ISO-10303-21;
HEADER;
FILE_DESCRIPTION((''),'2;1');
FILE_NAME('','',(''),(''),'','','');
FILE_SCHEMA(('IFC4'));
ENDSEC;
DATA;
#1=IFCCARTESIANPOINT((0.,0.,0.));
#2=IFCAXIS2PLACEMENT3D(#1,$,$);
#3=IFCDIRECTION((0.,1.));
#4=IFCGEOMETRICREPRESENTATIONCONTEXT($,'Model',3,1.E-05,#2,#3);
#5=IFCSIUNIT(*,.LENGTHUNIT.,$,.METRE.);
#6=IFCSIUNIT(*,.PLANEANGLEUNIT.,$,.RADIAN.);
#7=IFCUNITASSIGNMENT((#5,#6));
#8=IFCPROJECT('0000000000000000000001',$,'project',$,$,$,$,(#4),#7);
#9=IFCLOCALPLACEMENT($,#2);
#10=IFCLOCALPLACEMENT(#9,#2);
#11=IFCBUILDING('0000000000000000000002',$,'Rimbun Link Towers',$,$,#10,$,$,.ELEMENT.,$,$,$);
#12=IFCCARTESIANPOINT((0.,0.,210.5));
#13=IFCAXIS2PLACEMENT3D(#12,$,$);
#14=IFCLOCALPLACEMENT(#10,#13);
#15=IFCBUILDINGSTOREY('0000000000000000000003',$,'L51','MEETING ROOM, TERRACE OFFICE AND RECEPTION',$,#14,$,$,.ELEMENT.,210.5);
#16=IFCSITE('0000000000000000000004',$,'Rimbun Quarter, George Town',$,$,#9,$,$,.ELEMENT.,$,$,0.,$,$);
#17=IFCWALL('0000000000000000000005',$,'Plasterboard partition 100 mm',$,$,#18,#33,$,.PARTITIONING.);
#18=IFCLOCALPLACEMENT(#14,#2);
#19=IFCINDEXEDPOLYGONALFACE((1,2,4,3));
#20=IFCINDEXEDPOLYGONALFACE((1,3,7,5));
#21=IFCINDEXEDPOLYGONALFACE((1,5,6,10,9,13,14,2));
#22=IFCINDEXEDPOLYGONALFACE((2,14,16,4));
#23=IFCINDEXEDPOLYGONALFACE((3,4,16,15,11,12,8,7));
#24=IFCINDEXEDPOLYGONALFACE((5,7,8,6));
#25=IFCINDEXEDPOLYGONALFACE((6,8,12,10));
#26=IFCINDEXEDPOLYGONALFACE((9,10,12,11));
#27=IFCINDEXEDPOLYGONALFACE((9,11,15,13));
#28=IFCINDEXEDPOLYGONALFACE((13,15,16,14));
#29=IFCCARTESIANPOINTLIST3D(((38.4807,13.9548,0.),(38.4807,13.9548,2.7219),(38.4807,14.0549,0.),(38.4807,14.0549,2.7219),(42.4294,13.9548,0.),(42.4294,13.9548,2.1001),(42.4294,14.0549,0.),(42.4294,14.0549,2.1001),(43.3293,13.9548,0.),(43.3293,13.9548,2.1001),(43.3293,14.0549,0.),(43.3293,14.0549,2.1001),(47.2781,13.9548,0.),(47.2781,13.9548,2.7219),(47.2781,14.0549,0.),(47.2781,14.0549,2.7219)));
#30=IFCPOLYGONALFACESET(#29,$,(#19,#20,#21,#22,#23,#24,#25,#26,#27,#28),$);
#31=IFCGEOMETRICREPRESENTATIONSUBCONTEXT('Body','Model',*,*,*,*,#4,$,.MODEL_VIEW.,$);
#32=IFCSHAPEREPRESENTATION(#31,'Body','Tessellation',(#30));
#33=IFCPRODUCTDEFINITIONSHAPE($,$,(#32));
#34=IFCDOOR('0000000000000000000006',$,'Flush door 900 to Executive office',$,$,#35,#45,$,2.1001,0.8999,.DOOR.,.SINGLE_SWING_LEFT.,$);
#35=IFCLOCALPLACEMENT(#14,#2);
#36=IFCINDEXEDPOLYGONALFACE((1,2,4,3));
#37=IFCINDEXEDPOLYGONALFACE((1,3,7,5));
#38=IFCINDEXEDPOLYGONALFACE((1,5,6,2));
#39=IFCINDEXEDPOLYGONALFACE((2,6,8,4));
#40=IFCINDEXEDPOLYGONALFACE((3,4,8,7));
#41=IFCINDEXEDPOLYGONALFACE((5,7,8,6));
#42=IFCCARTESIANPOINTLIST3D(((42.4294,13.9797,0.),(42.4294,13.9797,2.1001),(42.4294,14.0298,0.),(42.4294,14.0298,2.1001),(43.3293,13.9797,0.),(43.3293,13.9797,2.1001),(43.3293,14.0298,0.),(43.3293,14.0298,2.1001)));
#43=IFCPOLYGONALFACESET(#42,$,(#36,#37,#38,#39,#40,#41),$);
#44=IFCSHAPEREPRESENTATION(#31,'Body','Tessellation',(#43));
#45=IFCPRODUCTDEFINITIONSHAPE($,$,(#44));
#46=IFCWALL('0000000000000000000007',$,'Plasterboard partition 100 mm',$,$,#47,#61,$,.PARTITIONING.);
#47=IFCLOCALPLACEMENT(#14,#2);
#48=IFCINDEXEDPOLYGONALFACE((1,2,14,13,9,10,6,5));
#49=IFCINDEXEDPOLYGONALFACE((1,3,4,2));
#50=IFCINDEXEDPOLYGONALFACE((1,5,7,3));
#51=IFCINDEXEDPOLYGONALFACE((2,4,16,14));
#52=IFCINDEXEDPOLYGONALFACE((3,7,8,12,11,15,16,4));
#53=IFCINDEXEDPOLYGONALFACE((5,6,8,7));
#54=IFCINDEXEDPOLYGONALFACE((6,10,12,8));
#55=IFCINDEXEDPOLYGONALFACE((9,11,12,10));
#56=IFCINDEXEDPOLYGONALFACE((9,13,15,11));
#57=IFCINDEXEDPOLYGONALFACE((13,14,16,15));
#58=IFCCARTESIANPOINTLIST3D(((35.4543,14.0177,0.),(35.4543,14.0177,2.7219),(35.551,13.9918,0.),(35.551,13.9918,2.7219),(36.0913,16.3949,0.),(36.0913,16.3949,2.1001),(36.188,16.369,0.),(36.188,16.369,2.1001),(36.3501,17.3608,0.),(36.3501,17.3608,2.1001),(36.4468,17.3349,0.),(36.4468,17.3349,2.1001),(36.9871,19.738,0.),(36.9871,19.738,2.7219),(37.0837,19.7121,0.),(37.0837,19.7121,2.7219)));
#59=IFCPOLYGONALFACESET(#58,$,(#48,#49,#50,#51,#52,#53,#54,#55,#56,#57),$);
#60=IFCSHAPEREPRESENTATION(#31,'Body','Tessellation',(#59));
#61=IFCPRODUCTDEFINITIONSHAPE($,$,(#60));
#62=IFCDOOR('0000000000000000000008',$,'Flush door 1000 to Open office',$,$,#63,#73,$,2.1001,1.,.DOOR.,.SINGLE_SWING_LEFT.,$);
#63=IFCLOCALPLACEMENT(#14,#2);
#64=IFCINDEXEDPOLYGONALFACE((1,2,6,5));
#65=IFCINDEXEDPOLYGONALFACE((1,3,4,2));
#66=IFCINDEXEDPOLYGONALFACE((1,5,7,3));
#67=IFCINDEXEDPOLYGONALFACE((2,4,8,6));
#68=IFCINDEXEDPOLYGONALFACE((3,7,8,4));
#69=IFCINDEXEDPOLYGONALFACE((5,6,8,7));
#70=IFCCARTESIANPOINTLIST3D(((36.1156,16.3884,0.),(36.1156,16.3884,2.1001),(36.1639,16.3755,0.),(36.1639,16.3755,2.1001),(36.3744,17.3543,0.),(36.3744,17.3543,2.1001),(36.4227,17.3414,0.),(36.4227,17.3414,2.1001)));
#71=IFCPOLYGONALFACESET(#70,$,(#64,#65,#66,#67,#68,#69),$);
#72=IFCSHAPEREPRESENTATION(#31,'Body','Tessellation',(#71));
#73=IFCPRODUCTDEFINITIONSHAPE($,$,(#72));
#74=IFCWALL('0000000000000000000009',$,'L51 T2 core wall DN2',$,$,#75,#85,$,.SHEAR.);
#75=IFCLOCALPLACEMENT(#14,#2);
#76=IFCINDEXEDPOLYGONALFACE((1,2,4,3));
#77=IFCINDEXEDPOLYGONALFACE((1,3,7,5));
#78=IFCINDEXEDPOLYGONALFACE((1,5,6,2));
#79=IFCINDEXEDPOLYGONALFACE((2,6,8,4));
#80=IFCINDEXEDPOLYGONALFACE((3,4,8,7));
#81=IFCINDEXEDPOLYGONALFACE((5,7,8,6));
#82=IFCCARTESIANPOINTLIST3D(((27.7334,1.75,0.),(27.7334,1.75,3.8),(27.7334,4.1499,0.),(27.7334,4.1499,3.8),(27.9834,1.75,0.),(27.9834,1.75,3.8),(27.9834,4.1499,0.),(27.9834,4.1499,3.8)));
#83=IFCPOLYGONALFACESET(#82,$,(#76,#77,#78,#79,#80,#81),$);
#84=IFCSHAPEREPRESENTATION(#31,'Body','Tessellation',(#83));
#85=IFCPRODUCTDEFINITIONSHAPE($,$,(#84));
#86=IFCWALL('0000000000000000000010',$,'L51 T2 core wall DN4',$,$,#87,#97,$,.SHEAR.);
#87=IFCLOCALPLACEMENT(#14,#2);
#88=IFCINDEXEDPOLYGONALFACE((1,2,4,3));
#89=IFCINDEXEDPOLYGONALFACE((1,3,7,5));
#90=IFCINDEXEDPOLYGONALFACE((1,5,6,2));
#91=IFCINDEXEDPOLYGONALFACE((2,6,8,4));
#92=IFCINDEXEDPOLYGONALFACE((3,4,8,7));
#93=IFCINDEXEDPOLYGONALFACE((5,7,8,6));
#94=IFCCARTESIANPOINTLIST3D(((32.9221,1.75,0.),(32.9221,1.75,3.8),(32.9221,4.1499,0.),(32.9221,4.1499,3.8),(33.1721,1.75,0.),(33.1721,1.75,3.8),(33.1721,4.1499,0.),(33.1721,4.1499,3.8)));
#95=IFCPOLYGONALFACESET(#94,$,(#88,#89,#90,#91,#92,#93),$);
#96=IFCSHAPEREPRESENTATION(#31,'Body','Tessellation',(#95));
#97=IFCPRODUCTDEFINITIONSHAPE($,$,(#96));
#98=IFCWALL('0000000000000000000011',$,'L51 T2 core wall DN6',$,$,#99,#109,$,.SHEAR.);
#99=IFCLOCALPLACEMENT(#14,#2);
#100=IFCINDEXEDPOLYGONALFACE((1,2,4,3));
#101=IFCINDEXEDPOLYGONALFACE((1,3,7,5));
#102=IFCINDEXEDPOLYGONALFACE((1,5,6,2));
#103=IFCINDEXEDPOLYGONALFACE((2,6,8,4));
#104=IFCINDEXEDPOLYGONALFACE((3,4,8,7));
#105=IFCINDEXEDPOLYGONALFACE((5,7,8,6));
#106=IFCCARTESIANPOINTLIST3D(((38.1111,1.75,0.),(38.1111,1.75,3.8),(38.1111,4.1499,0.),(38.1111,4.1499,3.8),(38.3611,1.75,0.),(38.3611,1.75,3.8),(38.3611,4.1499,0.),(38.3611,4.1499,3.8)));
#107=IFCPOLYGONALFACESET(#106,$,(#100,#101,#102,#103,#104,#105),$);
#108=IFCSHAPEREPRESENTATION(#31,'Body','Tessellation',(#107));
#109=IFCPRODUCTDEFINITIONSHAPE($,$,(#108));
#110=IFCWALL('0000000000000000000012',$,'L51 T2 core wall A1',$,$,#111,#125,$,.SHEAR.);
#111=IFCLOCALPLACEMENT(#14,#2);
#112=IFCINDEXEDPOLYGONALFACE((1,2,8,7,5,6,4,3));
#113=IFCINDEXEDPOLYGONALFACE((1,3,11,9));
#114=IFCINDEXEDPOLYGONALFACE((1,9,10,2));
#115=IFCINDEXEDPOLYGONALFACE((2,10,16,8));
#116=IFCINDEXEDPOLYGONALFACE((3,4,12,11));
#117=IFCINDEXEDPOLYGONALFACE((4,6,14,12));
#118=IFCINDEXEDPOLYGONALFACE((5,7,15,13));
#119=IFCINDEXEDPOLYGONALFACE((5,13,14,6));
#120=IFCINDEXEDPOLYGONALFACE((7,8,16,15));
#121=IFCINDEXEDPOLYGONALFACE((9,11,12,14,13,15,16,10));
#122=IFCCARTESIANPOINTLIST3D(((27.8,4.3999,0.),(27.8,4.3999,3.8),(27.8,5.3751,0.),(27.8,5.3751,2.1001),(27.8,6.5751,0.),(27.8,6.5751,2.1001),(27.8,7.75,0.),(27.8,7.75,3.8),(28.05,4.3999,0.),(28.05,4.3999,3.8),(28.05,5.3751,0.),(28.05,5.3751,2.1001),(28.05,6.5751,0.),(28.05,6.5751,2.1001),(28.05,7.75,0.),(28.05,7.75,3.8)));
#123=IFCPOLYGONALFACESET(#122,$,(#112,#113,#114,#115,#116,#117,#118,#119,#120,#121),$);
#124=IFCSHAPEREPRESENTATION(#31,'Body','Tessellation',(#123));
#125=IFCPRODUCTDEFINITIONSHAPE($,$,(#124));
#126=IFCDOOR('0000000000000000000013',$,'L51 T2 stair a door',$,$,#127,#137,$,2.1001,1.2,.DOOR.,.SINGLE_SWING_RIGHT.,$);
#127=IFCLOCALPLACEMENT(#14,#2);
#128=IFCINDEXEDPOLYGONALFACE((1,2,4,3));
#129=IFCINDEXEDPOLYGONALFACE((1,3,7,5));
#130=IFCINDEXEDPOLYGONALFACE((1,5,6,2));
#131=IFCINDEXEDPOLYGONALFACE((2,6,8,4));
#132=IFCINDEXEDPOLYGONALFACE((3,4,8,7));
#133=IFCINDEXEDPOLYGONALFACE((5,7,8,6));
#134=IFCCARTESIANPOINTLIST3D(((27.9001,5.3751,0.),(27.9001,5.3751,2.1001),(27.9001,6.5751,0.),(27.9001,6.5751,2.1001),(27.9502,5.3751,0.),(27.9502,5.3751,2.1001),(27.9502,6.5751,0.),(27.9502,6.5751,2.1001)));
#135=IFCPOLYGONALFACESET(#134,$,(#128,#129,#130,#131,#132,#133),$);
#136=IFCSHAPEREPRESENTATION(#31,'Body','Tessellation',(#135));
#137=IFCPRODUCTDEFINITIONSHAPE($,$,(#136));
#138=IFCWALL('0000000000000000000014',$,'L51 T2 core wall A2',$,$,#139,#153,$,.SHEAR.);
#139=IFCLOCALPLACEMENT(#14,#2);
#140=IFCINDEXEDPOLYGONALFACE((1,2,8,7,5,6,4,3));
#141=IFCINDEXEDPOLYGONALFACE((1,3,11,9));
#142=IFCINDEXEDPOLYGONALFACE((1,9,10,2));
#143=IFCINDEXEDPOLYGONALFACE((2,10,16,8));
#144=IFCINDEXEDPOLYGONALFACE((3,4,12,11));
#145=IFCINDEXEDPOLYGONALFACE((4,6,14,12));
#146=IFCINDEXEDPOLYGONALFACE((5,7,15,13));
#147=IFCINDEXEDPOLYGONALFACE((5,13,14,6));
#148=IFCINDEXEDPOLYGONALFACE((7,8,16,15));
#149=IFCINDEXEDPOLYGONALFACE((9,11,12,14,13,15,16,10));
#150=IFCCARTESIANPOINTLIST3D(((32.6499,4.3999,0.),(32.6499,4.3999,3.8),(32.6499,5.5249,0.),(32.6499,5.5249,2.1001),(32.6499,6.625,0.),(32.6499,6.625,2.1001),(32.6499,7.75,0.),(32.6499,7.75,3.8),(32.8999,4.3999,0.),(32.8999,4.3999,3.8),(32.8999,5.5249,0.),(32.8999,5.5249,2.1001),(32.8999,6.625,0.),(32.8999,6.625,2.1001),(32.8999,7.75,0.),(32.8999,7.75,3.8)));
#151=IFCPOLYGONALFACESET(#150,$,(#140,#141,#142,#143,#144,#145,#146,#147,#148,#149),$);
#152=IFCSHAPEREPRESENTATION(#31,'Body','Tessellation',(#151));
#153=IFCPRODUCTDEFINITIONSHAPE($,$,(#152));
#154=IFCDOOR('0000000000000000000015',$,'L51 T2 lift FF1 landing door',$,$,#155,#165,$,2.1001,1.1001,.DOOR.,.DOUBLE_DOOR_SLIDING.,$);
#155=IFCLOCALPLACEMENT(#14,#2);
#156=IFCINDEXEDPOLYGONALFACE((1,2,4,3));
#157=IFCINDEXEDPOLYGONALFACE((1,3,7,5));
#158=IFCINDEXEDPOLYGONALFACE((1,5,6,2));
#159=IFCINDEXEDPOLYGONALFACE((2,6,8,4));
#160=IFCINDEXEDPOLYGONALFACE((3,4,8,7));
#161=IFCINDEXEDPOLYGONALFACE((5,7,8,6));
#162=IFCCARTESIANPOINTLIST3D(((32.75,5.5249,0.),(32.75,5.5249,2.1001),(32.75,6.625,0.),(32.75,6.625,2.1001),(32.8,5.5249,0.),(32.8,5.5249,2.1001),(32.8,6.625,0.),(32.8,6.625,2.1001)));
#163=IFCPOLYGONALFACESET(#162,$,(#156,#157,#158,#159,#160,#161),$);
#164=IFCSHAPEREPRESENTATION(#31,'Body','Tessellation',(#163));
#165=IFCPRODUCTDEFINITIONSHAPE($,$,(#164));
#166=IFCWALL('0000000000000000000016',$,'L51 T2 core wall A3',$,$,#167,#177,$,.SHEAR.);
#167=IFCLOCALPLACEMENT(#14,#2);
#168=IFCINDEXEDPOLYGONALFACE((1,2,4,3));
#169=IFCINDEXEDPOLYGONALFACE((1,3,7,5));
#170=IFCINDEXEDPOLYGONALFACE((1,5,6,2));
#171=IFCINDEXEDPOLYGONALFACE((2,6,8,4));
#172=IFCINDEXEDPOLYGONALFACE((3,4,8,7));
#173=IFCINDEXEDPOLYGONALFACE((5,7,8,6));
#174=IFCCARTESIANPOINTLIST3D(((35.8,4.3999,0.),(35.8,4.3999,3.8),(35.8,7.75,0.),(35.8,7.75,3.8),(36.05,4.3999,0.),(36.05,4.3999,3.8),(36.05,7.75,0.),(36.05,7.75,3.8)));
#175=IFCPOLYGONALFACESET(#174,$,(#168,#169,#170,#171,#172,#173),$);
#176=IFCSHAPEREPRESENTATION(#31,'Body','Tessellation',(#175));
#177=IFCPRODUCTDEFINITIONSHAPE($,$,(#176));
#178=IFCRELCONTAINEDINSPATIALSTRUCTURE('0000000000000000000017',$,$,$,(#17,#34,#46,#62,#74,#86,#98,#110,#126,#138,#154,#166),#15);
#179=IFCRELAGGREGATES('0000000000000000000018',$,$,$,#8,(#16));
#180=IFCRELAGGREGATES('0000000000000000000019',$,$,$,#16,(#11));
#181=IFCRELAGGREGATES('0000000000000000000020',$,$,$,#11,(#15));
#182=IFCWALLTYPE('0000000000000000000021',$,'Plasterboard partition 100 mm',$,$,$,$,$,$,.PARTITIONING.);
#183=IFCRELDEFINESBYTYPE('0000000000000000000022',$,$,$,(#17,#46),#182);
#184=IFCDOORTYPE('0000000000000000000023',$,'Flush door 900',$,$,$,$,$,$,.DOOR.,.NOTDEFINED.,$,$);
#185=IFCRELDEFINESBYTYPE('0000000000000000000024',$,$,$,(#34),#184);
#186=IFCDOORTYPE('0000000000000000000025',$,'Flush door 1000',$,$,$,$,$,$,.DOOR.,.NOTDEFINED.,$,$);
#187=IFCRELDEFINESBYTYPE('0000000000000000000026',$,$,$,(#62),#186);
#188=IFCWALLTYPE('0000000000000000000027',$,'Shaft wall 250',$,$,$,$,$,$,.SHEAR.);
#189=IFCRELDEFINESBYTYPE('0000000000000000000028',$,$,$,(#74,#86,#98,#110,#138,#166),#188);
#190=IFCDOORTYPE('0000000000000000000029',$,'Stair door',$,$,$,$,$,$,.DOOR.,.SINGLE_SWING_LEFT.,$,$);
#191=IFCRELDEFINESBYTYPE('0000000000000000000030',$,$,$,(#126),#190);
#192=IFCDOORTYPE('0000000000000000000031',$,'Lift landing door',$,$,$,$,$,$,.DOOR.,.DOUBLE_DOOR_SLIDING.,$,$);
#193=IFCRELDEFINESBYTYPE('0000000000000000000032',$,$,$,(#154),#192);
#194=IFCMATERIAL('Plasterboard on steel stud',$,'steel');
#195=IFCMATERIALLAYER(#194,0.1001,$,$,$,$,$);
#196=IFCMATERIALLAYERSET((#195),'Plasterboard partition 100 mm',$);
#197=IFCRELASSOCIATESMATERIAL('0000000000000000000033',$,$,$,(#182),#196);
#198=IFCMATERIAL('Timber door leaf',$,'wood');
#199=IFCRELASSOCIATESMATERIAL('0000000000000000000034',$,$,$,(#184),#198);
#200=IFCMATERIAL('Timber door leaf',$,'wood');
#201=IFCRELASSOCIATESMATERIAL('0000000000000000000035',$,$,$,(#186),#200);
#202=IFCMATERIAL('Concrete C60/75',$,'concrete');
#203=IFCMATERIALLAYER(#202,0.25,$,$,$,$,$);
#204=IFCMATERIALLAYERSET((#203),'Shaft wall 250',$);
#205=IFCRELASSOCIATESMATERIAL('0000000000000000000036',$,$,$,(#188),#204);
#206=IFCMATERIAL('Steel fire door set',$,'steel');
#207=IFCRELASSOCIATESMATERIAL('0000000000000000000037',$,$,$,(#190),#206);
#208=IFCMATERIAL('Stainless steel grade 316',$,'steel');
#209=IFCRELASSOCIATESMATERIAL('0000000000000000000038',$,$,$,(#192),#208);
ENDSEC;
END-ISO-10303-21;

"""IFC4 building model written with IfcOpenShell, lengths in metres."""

from ifc_helpers import new_model, si_unit, direction, frame, frame_2d, origin, place, context, subcontext, project, spatial, rectangle, extrude, material, layer, layer_set, type_object, element, fill, save


model = new_model("IFC4")

# Units and contexts
model_context = context("Model", 3, precision=1e-05, world=origin(), true_north=direction((0.0, 1.0)))
body_context = subcontext(model_context, "Body", "Model", "MODEL_VIEW")
ifc_project = project(units=[si_unit("LENGTHUNIT", "METRE"), si_unit("PLANEANGLEUNIT", "RADIAN")], contexts=[model_context])

# Site, building, storey
site_placement = place(None, origin())
site = spatial("IfcSite", under=ifc_project, at=site_placement, Name="Rimbun Quarter, George Town", CompositionType="ELEMENT", RefElevation=0.0)
building_placement = place(site_placement, origin())
building = spatial("IfcBuilding", under=site, at=building_placement, Name="Rimbun Link Towers", CompositionType="ELEMENT")
storey_placement = place(building_placement, frame((0.0, 0.0, 210.5)))
storey = spatial("IfcBuildingStorey", under=building, at=storey_placement, Name="L51", Description="MEETING ROOM, TERRACE OFFICE AND RECEPTION", CompositionType="ELEMENT", Elevation=210.5)

# Walls, openings, doors
ifc_material_1 = material(Name="Plasterboard on steel stud", Category="steel")
ifc_layer_1 = layer(ifc_material_1, 0.1001)
ifc_layer_set_1 = layer_set([ifc_layer_1], Name="Plasterboard partition 100 mm")
wall_type_1 = type_object("IfcWallType", Name="Plasterboard partition 100 mm", PredefinedType="PARTITIONING", material=ifc_layer_set_1)
wall_1_placement = place(storey_placement, frame((38.4807, 14.0049, 0.0), z_axis=(0.0, 0.0, 1.0), x_axis=(1.0, 0.0, 0.0)))
wall_1 = element("IfcWall", 1, at=wall_1_placement, inside=storey, type_object=wall_type_1, Name="Plasterboard partition 100 mm", PredefinedType="PARTITIONING", context=body_context, shape_type="SweptSolid", body=[
    extrude(rectangle(XDim=8.7974, YDim=0.1001, at=frame_2d((4.3987, 0.0))), origin(), (0.0, 0.0, 1.0), 2.7219),
])
opening_1_placement = place(wall_1_placement, frame((3.9487, 0.0, 0.0)))
opening_1 = element("IfcOpeningElement", 2, at=opening_1_placement, cuts=wall_1, PredefinedType="OPENING", context=body_context, shape_type="SweptSolid", body=[
    extrude(rectangle(XDim=0.8999, YDim=2.1001, at=frame_2d((0.45, 1.05))), frame((0.0, 0.0601, 0.0), z_axis=(0.0, -1.0, 0.0), x_axis=(1.0, 0.0, 0.0)), (0.0, 0.0, 1.0), 0.1201),
])
ifc_material_2 = material(Name="Timber door leaf", Category="wood")
door_type_1 = type_object("IfcDoorType", Name="Flush door 900", OperationType="NOTDEFINED", PredefinedType="DOOR", material=ifc_material_2)
door_1_placement = place(opening_1_placement, origin())
door_1 = element("IfcDoor", 3, at=door_1_placement, inside=storey, type_object=door_type_1, Name="Flush door 900 to Executive office", OperationType="SINGLE_SWING_LEFT", OverallHeight=2.1001, OverallWidth=0.8999, PredefinedType="DOOR", context=body_context, shape_type="SweptSolid", body=[
    extrude(rectangle(XDim=0.8999, YDim=2.1001, at=frame_2d((0.45, 1.05))), frame((0.0, 0.0249, 0.0), z_axis=(0.0, -1.0, 0.0), x_axis=(1.0, 0.0, 0.0)), (0.0, 0.0, 1.0), 0.05),
])
fill(opening_1, door_1)
wall_2_placement = place(storey_placement, frame((35.5027, 14.0049, 0.0), z_axis=(0.0, 0.0, 1.0), x_axis=(0.258817, 0.965926, 0.0)))
wall_2 = element("IfcWall", 4, at=wall_2_placement, inside=storey, type_object=wall_type_1, Name="Plasterboard partition 100 mm", PredefinedType="PARTITIONING", context=body_context, shape_type="SweptSolid", body=[
    extrude(rectangle(XDim=5.9221, YDim=0.1001, at=frame_2d((2.9609, 0.0))), origin(), (0.0, 0.0, 1.0), 2.7219),
])
opening_2_placement = place(wall_2_placement, frame((2.4609, 0.0, 0.0)))
opening_2 = element("IfcOpeningElement", 5, at=opening_2_placement, cuts=wall_2, PredefinedType="OPENING", context=body_context, shape_type="SweptSolid", body=[
    extrude(rectangle(XDim=1.0, YDim=2.1001, at=frame_2d((0.5, 1.05))), frame((0.0, 0.0601, 0.0), z_axis=(0.0, -1.0, 0.0), x_axis=(1.0, 0.0, 0.0)), (0.0, 0.0, 1.0), 0.1201),
])
ifc_material_3 = material(Name="Timber door leaf", Category="wood")
door_type_2 = type_object("IfcDoorType", Name="Flush door 1000", OperationType="NOTDEFINED", PredefinedType="DOOR", material=ifc_material_3)
door_2_placement = place(opening_2_placement, origin())
door_2 = element("IfcDoor", 6, at=door_2_placement, inside=storey, type_object=door_type_2, Name="Flush door 1000 to Open office", OperationType="SINGLE_SWING_LEFT", OverallHeight=2.1001, OverallWidth=1.0, PredefinedType="DOOR", context=body_context, shape_type="SweptSolid", body=[
    extrude(rectangle(XDim=1.0, YDim=2.1001, at=frame_2d((0.5, 1.05))), frame((0.0, 0.0249, 0.0), z_axis=(0.0, -1.0, 0.0), x_axis=(1.0, 0.0, 0.0)), (0.0, 0.0, 1.0), 0.05),
])
fill(opening_2, door_2)

# Walls
ifc_material_4 = material(Name="Concrete C60/75", Category="concrete")
ifc_layer_2 = layer(ifc_material_4, 0.25)
ifc_layer_set_2 = layer_set([ifc_layer_2], Name="Shaft wall 250")
wall_type_2 = type_object("IfcWallType", Name="Shaft wall 250", PredefinedType="SHEAR", material=ifc_layer_set_2)
for number, where, z_axis, x_axis, name in (
    (7, (27.8584, 1.75, 0.0), (0.0, 0.0, 1.0), (0.0, 1.0, 0.0), "L51 T2 core wall DN2"),
    (8, (33.0471, 1.75, 0.0), (0.0, 0.0, 1.0), (0.0, 1.0, 0.0), "L51 T2 core wall DN4"),
    (9, (38.2361, 1.75, 0.0), (0.0, 0.0, 1.0), (0.0, 1.0, 0.0), "L51 T2 core wall DN6"),
):
    element("IfcWall", number, at=place(storey_placement, frame(where, z_axis=z_axis, x_axis=x_axis)), inside=storey, type_object=wall_type_2, Name=name, PredefinedType="SHEAR", context=body_context, shape_type="SweptSolid", body=[
        extrude(rectangle(XDim=2.3999, YDim=0.25, at=frame_2d((1.2, 0.0))), origin(), (0.0, 0.0, 1.0), 3.8),
    ])

# Walls, openings, doors
wall_3_placement = place(storey_placement, frame((27.925, 4.3999, 0.0), z_axis=(0.0, 0.0, 1.0), x_axis=(0.0, 1.0, 0.0)))
wall_3 = element("IfcWall", 10, at=wall_3_placement, inside=storey, type_object=wall_type_2, Name="L51 T2 core wall A1", PredefinedType="SHEAR", context=body_context, shape_type="SweptSolid", body=[
    extrude(rectangle(XDim=3.3501, YDim=0.25, at=frame_2d((1.675, 0.0))), origin(), (0.0, 0.0, 1.0), 3.8),
])
opening_3_placement = place(wall_3_placement, frame((0.9751, 0.0, 0.0)))
opening_3 = element("IfcOpeningElement", 11, at=opening_3_placement, cuts=wall_3, PredefinedType="OPENING", context=body_context, shape_type="SweptSolid", body=[
    extrude(rectangle(XDim=1.2, YDim=2.1001, at=frame_2d((0.6001, 1.05))), frame((0.0, 0.135, 0.0), z_axis=(0.0, -1.0, 0.0), x_axis=(1.0, 0.0, 0.0)), (0.0, 0.0, 1.0), 0.27),
])
ifc_material_5 = material(Name="Steel fire door set", Category="steel")
door_type_3 = type_object("IfcDoorType", Name="Stair door", OperationType="SINGLE_SWING_LEFT", PredefinedType="DOOR", material=ifc_material_5)
door_3_placement = place(opening_3_placement, origin())
door_3 = element("IfcDoor", 12, at=door_3_placement, inside=storey, type_object=door_type_3, Name="L51 T2 stair a door", OperationType="SINGLE_SWING_RIGHT", OverallHeight=2.1001, OverallWidth=1.2, PredefinedType="DOOR", context=body_context, shape_type="SweptSolid", body=[
    extrude(rectangle(XDim=1.2, YDim=2.1001, at=frame_2d((0.6001, 1.05))), frame((0.0, 0.0249, 0.0), z_axis=(0.0, -1.0, 0.0), x_axis=(1.0, 0.0, 0.0)), (0.0, 0.0, 1.0), 0.05),
])
fill(opening_3, door_3)
wall_4_placement = place(storey_placement, frame((32.7749, 4.3999, 0.0), z_axis=(0.0, 0.0, 1.0), x_axis=(0.0, 1.0, 0.0)))
wall_4 = element("IfcWall", 13, at=wall_4_placement, inside=storey, type_object=wall_type_2, Name="L51 T2 core wall A2", PredefinedType="SHEAR", context=body_context, shape_type="SweptSolid", body=[
    extrude(rectangle(XDim=3.3501, YDim=0.25, at=frame_2d((1.675, 0.0))), origin(), (0.0, 0.0, 1.0), 3.8),
])
opening_4_placement = place(wall_4_placement, frame((1.125, 0.0, 0.0)))
opening_4 = element("IfcOpeningElement", 14, at=opening_4_placement, cuts=wall_4, PredefinedType="OPENING", context=body_context, shape_type="SweptSolid", body=[
    extrude(rectangle(XDim=1.1001, YDim=2.1001, at=frame_2d((0.55, 1.05))), frame((0.0, 0.135, 0.0), z_axis=(0.0, -1.0, 0.0), x_axis=(1.0, 0.0, 0.0)), (0.0, 0.0, 1.0), 0.27),
])
ifc_material_6 = material(Name="Stainless steel grade 316", Category="steel")
door_type_4 = type_object("IfcDoorType", Name="Lift landing door", OperationType="DOUBLE_DOOR_SLIDING", PredefinedType="DOOR", material=ifc_material_6)
door_4_placement = place(opening_4_placement, origin())
door_4 = element("IfcDoor", 15, at=door_4_placement, inside=storey, type_object=door_type_4, Name="L51 T2 lift FF1 landing door", OperationType="DOUBLE_DOOR_SLIDING", OverallHeight=2.1001, OverallWidth=1.1001, PredefinedType="DOOR", context=body_context, shape_type="SweptSolid", body=[
    extrude(rectangle(XDim=1.1001, YDim=2.1001, at=frame_2d((0.55, 1.05))), frame((0.0, 0.0249, 0.0), z_axis=(0.0, -1.0, 0.0), x_axis=(1.0, 0.0, 0.0)), (0.0, 0.0, 1.0), 0.05),
])
fill(opening_4, door_4)

# Wall
wall_5_placement = place(storey_placement, frame((35.925, 4.3999, 0.0), z_axis=(0.0, 0.0, 1.0), x_axis=(0.0, 1.0, 0.0)))
element("IfcWall", 16, at=wall_5_placement, inside=storey, type_object=wall_type_2, Name="L51 T2 core wall A3", PredefinedType="SHEAR", context=body_context, shape_type="SweptSolid", body=[
    extrude(rectangle(XDim=3.3501, YDim=0.25, at=frame_2d((1.675, 0.0))), origin(), (0.0, 0.0, 1.0), 3.8),
])

save(model, "model.ifc")
